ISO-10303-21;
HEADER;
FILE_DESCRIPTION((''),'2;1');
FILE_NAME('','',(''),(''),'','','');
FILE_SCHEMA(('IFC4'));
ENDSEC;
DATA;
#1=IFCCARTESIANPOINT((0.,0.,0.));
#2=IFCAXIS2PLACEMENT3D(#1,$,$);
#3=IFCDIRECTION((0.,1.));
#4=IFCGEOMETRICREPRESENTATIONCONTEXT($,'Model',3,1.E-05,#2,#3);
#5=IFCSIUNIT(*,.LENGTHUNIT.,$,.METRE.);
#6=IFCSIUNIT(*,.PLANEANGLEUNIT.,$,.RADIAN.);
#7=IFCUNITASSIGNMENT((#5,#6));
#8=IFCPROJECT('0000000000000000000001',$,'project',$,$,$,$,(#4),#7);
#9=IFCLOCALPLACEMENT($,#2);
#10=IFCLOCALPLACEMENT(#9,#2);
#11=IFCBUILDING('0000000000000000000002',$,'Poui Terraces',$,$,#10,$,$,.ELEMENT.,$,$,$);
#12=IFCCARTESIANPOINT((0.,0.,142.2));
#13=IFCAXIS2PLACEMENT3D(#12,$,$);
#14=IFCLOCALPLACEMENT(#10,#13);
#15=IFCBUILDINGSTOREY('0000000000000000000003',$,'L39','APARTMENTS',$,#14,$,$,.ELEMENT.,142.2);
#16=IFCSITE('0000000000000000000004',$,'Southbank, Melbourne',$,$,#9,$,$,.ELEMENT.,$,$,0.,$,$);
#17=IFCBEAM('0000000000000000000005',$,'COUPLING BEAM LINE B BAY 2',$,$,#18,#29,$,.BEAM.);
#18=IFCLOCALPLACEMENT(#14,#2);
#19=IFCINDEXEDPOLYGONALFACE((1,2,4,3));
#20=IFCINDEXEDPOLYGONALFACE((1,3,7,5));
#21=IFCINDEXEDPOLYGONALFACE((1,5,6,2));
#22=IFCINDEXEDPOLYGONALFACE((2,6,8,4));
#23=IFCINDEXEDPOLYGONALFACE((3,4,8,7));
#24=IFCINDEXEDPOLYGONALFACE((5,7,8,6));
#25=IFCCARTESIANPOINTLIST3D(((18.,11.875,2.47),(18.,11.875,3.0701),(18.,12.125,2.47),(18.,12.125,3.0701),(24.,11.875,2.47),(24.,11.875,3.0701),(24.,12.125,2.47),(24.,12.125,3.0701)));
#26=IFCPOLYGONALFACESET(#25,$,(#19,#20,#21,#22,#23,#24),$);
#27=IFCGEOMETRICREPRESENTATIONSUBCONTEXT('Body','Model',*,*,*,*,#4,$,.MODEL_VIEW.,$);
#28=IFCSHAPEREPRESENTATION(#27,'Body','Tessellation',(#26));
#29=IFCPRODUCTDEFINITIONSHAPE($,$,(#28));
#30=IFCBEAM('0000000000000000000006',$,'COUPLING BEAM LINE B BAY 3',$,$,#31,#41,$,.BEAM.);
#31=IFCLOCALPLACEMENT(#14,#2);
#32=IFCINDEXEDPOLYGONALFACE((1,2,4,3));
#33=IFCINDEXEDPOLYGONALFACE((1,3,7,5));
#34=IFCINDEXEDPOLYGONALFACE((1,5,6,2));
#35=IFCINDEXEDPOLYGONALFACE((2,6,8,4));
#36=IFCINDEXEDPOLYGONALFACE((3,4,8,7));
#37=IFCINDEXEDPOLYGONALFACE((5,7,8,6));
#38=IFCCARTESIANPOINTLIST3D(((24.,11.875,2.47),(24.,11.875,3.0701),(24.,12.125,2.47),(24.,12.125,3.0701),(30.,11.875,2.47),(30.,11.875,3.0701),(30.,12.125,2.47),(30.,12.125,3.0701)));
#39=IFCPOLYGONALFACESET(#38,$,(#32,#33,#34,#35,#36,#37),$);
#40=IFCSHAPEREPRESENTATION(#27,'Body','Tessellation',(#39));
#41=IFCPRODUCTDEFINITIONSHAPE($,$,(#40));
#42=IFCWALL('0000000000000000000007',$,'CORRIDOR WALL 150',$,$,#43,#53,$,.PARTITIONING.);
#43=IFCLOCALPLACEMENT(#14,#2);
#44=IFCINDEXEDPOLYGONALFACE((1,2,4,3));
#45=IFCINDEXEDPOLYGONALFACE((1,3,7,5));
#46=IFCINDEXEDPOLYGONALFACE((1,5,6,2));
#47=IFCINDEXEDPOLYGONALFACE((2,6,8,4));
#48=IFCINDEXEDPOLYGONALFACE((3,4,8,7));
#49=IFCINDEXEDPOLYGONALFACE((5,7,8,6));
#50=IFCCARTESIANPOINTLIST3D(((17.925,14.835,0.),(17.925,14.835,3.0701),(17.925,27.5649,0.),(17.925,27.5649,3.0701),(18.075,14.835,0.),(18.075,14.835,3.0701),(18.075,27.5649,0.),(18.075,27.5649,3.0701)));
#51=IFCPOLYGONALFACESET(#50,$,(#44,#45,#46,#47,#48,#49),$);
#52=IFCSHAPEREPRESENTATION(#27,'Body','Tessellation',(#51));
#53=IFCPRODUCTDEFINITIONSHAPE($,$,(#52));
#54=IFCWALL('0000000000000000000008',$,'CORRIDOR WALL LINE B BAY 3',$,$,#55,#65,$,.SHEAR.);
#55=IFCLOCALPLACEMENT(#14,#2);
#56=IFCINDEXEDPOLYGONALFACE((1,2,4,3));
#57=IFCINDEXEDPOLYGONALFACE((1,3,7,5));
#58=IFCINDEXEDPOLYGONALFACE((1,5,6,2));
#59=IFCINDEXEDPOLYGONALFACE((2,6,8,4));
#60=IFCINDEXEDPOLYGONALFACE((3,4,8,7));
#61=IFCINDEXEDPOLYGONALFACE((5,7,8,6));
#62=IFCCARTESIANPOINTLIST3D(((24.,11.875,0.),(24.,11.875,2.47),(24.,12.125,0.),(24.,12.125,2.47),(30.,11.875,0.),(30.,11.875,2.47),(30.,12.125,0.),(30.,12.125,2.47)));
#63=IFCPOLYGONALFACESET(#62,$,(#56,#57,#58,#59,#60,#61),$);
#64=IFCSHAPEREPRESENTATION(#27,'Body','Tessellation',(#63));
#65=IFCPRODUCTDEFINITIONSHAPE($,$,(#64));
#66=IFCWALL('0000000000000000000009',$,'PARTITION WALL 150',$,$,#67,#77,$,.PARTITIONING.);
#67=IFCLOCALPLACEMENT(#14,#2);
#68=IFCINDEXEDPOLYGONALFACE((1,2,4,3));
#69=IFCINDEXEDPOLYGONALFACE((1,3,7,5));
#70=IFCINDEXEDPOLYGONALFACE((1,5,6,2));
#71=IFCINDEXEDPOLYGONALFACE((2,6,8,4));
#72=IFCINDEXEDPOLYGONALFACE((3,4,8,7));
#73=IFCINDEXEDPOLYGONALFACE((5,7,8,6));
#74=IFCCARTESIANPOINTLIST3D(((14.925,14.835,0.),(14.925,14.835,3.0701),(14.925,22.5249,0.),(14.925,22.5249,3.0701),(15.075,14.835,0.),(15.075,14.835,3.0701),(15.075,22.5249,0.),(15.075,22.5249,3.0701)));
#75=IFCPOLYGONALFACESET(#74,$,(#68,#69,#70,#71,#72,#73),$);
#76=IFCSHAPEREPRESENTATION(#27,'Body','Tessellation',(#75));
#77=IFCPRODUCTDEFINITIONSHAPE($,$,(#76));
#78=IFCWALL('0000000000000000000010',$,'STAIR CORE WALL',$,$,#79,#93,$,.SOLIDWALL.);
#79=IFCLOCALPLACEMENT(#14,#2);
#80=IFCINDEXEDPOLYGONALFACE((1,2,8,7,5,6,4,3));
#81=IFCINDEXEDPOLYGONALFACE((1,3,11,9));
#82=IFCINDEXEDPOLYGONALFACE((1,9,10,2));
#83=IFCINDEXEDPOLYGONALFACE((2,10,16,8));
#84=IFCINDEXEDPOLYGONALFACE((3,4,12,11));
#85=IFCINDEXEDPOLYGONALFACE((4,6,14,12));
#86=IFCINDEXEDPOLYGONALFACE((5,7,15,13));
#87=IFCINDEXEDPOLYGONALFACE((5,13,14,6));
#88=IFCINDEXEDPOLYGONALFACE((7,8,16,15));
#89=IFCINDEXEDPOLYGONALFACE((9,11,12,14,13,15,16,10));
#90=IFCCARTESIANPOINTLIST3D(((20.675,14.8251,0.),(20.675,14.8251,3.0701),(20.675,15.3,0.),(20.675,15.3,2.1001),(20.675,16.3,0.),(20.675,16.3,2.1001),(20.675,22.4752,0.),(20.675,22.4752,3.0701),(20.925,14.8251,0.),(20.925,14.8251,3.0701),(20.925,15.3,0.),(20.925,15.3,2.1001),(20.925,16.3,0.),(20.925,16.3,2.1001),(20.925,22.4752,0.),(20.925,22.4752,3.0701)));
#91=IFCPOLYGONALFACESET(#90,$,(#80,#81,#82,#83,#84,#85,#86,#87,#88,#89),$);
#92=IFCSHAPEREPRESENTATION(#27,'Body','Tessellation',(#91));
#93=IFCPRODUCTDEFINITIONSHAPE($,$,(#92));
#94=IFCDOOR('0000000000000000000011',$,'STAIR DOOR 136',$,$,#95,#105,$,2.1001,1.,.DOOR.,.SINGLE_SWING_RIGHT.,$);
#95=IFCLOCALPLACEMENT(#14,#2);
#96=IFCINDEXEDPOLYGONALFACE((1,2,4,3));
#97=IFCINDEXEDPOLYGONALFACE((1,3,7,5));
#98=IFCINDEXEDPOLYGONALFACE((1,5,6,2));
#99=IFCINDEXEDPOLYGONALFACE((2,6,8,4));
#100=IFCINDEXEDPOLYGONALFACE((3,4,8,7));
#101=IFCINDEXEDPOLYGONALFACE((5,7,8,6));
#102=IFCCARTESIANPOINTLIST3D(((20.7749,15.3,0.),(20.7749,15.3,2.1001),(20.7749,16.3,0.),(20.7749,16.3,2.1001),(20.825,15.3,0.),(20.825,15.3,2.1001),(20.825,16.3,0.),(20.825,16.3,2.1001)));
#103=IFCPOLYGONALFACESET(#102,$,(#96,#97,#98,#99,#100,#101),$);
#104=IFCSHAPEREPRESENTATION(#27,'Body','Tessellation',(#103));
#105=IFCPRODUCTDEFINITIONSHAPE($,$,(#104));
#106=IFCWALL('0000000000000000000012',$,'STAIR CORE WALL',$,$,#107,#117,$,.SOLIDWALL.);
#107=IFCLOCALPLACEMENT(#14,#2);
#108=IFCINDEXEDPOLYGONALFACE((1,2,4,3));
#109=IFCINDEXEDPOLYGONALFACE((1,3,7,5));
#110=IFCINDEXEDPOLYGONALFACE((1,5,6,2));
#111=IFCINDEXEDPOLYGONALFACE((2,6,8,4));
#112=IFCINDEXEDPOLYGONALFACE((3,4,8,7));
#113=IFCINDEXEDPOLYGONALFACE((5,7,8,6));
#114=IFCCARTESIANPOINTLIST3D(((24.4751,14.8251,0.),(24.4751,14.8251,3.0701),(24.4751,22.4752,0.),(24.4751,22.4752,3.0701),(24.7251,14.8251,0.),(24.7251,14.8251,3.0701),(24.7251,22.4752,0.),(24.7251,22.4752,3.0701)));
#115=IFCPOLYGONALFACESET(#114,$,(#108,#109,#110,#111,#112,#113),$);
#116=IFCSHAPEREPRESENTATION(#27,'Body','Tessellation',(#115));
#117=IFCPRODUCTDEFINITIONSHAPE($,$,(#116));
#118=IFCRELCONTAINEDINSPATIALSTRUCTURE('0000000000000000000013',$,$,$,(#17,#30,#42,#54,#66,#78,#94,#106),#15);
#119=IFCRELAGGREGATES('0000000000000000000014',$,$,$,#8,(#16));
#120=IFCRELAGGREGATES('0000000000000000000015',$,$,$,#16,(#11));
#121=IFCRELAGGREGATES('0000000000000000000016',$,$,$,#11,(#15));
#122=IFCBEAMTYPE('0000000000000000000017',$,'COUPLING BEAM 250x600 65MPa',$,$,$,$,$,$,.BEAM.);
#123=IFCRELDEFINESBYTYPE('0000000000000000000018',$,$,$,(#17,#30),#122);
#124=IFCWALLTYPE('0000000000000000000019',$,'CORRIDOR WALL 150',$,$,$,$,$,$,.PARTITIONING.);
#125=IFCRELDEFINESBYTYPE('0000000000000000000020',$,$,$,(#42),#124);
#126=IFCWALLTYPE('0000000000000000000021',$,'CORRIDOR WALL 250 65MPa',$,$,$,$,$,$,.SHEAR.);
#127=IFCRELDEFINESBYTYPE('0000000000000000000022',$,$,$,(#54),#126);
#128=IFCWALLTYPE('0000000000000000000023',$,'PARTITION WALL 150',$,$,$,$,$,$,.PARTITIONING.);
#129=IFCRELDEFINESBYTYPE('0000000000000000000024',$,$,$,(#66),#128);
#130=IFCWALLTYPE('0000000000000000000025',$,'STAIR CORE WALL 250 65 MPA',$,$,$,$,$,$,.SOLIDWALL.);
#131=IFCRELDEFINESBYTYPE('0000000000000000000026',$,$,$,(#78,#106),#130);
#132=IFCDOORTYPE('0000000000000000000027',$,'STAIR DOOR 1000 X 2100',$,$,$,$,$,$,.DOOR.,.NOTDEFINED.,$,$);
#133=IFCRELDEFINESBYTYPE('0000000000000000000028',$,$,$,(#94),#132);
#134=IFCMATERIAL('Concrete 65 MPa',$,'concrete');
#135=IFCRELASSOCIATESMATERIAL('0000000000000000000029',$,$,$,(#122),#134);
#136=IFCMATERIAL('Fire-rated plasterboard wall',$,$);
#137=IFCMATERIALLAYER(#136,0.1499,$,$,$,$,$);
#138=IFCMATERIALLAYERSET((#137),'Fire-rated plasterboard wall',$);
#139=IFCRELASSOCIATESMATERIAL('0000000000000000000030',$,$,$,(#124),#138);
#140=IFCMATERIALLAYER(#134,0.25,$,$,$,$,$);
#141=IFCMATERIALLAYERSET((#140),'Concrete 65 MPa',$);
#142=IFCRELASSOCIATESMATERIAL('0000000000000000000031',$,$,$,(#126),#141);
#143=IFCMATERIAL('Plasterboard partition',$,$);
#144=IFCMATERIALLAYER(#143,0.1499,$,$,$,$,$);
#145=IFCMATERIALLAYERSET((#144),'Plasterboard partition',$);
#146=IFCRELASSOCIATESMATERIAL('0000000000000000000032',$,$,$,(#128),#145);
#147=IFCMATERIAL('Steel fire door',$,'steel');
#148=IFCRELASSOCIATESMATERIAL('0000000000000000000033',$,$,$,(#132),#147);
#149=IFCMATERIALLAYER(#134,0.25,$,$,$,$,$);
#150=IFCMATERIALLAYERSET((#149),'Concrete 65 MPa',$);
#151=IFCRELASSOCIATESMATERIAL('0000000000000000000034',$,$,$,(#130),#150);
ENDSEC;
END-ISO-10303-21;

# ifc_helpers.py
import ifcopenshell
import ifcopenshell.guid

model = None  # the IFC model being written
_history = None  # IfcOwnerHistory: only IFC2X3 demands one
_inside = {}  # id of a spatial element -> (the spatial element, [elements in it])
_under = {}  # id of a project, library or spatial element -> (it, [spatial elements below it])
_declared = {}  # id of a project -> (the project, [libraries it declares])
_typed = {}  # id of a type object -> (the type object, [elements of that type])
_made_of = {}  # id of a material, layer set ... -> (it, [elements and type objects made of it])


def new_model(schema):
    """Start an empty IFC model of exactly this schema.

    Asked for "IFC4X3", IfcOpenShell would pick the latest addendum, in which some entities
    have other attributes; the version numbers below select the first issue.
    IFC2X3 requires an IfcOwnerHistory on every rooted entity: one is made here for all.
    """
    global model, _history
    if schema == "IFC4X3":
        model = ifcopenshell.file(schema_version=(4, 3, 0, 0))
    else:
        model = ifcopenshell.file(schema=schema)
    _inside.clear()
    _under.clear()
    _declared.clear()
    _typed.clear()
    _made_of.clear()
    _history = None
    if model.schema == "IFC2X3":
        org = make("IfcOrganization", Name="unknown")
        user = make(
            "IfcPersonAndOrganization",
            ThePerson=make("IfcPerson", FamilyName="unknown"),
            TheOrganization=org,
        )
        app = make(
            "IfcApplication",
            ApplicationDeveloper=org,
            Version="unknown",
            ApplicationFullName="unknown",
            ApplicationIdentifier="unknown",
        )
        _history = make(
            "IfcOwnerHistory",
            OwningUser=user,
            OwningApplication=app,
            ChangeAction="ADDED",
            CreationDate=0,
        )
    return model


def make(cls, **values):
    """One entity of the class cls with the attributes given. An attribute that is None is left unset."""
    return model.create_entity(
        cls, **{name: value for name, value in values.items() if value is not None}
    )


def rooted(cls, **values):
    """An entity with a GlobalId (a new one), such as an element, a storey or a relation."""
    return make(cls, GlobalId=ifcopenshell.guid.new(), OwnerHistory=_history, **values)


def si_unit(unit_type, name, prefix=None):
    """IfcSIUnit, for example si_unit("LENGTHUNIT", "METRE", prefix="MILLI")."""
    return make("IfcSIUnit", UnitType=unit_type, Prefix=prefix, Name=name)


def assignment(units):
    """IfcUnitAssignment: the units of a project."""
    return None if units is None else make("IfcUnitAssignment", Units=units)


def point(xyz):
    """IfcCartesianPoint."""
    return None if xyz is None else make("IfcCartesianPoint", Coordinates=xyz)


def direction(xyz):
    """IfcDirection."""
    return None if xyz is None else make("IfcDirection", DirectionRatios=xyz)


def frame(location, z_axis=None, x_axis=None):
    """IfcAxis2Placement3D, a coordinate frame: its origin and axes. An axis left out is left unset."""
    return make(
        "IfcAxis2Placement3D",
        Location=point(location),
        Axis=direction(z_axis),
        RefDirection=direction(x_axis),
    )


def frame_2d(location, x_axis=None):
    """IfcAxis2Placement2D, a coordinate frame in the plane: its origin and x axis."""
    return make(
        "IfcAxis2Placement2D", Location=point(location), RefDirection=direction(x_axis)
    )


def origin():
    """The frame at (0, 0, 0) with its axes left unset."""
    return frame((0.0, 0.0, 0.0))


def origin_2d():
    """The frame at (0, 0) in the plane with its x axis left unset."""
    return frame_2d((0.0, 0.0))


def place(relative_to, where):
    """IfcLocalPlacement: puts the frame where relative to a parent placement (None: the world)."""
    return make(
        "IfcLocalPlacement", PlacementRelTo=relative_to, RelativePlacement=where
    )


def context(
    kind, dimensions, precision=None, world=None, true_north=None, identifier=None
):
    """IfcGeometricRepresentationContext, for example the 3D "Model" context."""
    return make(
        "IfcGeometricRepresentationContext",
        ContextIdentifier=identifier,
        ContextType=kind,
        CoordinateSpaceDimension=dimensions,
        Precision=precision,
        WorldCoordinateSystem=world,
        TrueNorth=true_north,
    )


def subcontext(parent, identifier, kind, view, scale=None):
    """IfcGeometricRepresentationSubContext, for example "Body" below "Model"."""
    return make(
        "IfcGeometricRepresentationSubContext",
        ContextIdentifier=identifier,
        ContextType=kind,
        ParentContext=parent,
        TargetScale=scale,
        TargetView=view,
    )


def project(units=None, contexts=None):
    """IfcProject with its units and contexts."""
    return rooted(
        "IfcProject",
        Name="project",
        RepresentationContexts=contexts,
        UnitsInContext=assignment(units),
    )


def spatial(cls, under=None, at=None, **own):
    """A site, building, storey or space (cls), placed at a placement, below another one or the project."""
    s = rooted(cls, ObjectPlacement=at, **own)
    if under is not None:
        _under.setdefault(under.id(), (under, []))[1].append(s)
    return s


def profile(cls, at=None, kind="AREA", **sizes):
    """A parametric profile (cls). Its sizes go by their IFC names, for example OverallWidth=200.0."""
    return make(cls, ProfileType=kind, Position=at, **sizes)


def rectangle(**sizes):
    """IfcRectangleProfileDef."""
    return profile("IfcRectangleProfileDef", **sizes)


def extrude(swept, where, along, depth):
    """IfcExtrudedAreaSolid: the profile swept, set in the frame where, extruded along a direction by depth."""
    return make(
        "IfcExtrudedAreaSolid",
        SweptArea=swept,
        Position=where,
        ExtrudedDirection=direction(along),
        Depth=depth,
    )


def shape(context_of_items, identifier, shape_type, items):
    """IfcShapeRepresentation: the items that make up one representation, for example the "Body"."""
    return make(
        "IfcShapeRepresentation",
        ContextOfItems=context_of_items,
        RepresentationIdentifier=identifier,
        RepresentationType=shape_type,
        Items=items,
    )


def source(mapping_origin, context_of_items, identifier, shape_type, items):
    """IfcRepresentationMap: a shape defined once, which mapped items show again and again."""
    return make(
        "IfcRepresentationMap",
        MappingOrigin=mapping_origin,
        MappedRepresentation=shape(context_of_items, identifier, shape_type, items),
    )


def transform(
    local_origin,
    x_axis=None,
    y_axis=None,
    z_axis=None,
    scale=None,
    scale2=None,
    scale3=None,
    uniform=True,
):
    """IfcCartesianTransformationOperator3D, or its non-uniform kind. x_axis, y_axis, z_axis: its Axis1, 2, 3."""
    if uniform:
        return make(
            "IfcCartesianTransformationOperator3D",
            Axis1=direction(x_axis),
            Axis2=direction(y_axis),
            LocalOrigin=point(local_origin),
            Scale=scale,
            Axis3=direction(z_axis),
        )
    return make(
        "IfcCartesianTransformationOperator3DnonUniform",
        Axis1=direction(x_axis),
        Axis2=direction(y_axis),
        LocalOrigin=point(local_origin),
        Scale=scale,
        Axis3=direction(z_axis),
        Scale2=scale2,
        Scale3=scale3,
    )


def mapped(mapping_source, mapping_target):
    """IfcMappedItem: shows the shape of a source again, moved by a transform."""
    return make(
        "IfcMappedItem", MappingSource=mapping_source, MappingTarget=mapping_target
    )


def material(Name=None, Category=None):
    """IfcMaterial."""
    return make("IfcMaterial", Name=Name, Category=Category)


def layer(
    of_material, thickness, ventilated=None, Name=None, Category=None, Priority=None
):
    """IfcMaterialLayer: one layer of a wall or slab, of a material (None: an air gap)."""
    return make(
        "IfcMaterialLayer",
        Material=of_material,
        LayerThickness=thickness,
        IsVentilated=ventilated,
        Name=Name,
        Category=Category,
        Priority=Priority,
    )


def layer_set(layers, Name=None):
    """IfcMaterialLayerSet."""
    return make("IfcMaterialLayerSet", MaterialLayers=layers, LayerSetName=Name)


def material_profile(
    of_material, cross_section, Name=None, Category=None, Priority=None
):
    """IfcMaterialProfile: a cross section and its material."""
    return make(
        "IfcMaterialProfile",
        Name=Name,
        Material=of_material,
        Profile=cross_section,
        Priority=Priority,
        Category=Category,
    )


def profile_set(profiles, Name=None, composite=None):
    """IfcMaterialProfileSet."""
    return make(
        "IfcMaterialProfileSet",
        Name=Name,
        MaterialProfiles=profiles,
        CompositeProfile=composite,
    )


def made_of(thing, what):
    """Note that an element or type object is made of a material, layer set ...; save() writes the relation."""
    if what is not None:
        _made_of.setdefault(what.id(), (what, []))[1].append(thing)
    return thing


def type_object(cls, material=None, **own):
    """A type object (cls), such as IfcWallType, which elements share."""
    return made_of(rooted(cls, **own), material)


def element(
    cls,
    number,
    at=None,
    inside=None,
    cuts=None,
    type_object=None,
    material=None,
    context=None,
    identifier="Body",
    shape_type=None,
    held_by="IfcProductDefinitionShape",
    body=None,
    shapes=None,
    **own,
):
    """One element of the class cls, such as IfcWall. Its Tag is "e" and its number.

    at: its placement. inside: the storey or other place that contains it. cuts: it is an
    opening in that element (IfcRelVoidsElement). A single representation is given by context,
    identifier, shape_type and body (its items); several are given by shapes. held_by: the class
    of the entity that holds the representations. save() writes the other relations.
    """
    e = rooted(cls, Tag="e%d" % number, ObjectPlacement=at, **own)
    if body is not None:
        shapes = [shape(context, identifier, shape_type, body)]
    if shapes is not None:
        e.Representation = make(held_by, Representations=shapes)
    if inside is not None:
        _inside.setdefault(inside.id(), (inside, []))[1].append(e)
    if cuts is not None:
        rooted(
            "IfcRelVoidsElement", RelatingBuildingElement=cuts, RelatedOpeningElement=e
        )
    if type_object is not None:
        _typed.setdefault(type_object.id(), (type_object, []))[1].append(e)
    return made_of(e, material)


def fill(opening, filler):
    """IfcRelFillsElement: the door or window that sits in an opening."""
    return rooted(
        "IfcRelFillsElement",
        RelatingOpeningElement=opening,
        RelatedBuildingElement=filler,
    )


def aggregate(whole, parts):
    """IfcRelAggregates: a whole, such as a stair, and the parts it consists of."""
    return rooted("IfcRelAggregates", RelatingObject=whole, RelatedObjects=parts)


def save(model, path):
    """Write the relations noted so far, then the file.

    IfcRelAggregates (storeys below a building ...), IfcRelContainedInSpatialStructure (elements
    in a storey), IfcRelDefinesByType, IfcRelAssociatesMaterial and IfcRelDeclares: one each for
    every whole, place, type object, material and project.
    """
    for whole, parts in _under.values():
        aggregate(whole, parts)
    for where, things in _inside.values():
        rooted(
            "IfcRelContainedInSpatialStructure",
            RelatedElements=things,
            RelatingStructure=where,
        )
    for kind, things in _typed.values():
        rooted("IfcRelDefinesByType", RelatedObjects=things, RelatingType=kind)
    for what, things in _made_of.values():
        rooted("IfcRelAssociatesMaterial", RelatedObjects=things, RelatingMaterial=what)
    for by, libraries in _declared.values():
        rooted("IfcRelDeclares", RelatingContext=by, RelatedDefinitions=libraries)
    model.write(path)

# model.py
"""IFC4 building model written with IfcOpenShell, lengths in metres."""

from ifc_helpers import new_model, si_unit, direction, frame, frame_2d, origin, origin_2d, place, context, subcontext, project, spatial, rectangle, extrude, source, transform, mapped, material, layer, layer_set, material_profile, profile_set, type_object, element, fill, save


model = new_model("IFC4")

# Units and contexts
model_context = context("Model", 3, precision=1e-05, world=origin(), true_north=direction((0.0, 1.0)))
body_context = subcontext(model_context, "Body", "Model", "MODEL_VIEW")
ifc_project = project(units=[si_unit("LENGTHUNIT", "METRE"), si_unit("PLANEANGLEUNIT", "RADIAN")], contexts=[model_context])

# Site, building, storey
site_placement = place(None, origin())
site = spatial("IfcSite", under=ifc_project, at=site_placement, Name="Southbank, Melbourne", CompositionType="ELEMENT", RefElevation=0.0)
building_placement = place(site_placement, origin())
building = spatial("IfcBuilding", under=site, at=building_placement, Name="Poui Terraces", CompositionType="ELEMENT")
storey_placement = place(building_placement, frame((0.0, 0.0, 142.2)))
storey = spatial("IfcBuildingStorey", under=building, at=storey_placement, Name="L39", Description="APARTMENTS", CompositionType="ELEMENT", Elevation=142.2)

# Beams
ifc_material_1 = material(Name="Concrete 65 MPa", Category="concrete")
ifc_material_profile = material_profile(ifc_material_1, rectangle(XDim=0.25, YDim=0.6001, at=origin_2d()), Name="RC 250x600")
ifc_profile_set = profile_set([ifc_material_profile], Name="Concrete 65 MPa")
beam_type = type_object("IfcBeamType", Name="COUPLING BEAM 250x600 65MPa", PredefinedType="BEAM", material=ifc_profile_set)
shared_shape = source(origin(), body_context, "Body", "SweptSolid", [
    extrude(rectangle(XDim=0.25, YDim=0.6001, at=origin_2d()), origin(), (0.0, 0.0, 1.0), 6.0),
])
for number, where, z_axis, x_axis, name in (
    (1, (18.0, 12.0, 2.77), (1.0, 0.0, 0.0), (0.0, 1.0, 0.0), "COUPLING BEAM LINE B BAY 2"),
    (2, (24.0, 12.0, 2.77), (1.0, 0.0, 0.0), (0.0, 1.0, 0.0), "COUPLING BEAM LINE B BAY 3"),
):
    element("IfcBeam", number, at=place(storey_placement, frame(where, z_axis=z_axis, x_axis=x_axis)), inside=storey, type_object=beam_type, Name=name, PredefinedType="BEAM", context=body_context, shape_type="MappedRepresentation", body=[
        mapped(shared_shape, transform((0.0, 0.0, 0.0))),
    ])

# Walls
ifc_material_2 = material(Name="Fire-rated plasterboard wall")
ifc_layer_1 = layer(ifc_material_2, 0.1499)
ifc_layer_set_1 = layer_set([ifc_layer_1], Name="Fire-rated plasterboard wall")
wall_type_1 = type_object("IfcWallType", Name="CORRIDOR WALL 150", PredefinedType="PARTITIONING", material=ifc_layer_set_1)
wall_1_placement = place(storey_placement, frame((18.0, 14.835, 0.0), z_axis=(0.0, 0.0, 1.0), x_axis=(0.0, 1.0, 0.0)))
element("IfcWall", 3, at=wall_1_placement, inside=storey, type_object=wall_type_1, Name="CORRIDOR WALL 150", PredefinedType="PARTITIONING", context=body_context, shape_type="SweptSolid", body=[
    extrude(rectangle(XDim=12.73, YDim=0.1499, at=frame_2d((6.365, 0.0))), origin(), (0.0, 0.0, 1.0), 3.0701),
])
ifc_layer_2 = layer(ifc_material_1, 0.25)
ifc_layer_set_2 = layer_set([ifc_layer_2], Name="Concrete 65 MPa")
wall_type_2 = type_object("IfcWallType", Name="CORRIDOR WALL 250 65MPa", PredefinedType="SHEAR", material=ifc_layer_set_2)
wall_2_placement = place(storey_placement, frame((24.0, 12.0, 0.0), z_axis=(0.0, 0.0, 1.0), x_axis=(1.0, 0.0, 0.0)))
element("IfcWall", 4, at=wall_2_placement, inside=storey, type_object=wall_type_2, Name="CORRIDOR WALL LINE B BAY 3", PredefinedType="SHEAR", context=body_context, shape_type="SweptSolid", body=[
    extrude(rectangle(XDim=6.0, YDim=0.25, at=frame_2d((3.0, 0.0))), origin(), (0.0, 0.0, 1.0), 2.47),
])
ifc_material_3 = material(Name="Plasterboard partition")
ifc_layer_3 = layer(ifc_material_3, 0.1499)
ifc_layer_set_3 = layer_set([ifc_layer_3], Name="Plasterboard partition")
wall_type_3 = type_object("IfcWallType", Name="PARTITION WALL 150", PredefinedType="PARTITIONING", material=ifc_layer_set_3)
wall_3_placement = place(storey_placement, frame((15.0, 14.835, 0.0), z_axis=(0.0, 0.0, 1.0), x_axis=(0.0, 1.0, 0.0)))
element("IfcWall", 5, at=wall_3_placement, inside=storey, type_object=wall_type_3, Name="PARTITION WALL 150", PredefinedType="PARTITIONING", context=body_context, shape_type="SweptSolid", body=[
    extrude(rectangle(XDim=7.6899, YDim=0.1499, at=frame_2d((3.845, 0.0))), origin(), (0.0, 0.0, 1.0), 3.0701),
])

# Shared definitions
ifc_material_4 = material(Name="Steel fire door", Category="steel")
door_type_1 = type_object("IfcDoorType", Name="STAIR DOOR 1000 X 2100", OperationType="NOTDEFINED", PredefinedType="DOOR", material=ifc_material_4)

# Wall, opening, door
ifc_layer_4 = layer(ifc_material_1, 0.25)
ifc_layer_set_4 = layer_set([ifc_layer_4], Name="Concrete 65 MPa")
wall_type_4 = type_object("IfcWallType", Name="STAIR CORE WALL 250 65 MPA", PredefinedType="SOLIDWALL", material=ifc_layer_set_4)
wall_4_placement = place(storey_placement, frame((20.8, 14.825, 0.0), z_axis=(0.0, 0.0, 1.0), x_axis=(0.0, 1.0, 0.0)))
wall_4 = element("IfcWall", 6, at=wall_4_placement, inside=storey, type_object=wall_type_4, Name="STAIR CORE WALL", PredefinedType="SOLIDWALL", context=body_context, shape_type="SweptSolid", body=[
    extrude(rectangle(XDim=7.6501, YDim=0.25, at=frame_2d((3.8252, 0.0))), origin(), (0.0, 0.0, 1.0), 3.0701),
])
opening_1_placement = place(wall_4_placement, frame((0.4751, 0.0, 0.0)))
opening_1 = element("IfcOpeningElement", 7, at=opening_1_placement, cuts=wall_4, PredefinedType="OPENING", context=body_context, shape_type="SweptSolid", body=[
    extrude(rectangle(XDim=1.0, YDim=2.1001, at=frame_2d((0.5, 1.05))), frame((0.0, 0.135, 0.0), z_axis=(0.0, -1.0, 0.0), x_axis=(1.0, 0.0, 0.0)), (0.0, 0.0, 1.0), 0.27),
])
door_1_placement = place(opening_1_placement, frame((1.0, 0.0, 0.0), z_axis=(0.0, 0.0, 1.0), x_axis=(-1.0, 0.0, 0.0)))
door_1 = element("IfcDoor", 8, at=door_1_placement, inside=storey, type_object=door_type_1, Name="STAIR DOOR 136", OperationType="SINGLE_SWING_RIGHT", OverallHeight=2.1001, OverallWidth=1.0, PredefinedType="DOOR", context=body_context, shape_type="SweptSolid", body=[
    extrude(rectangle(XDim=1.0, YDim=2.1001, at=frame_2d((0.5, 1.05))), frame((0.0, 0.0249, 0.0), z_axis=(0.0, -1.0, 0.0), x_axis=(1.0, 0.0, 0.0)), (0.0, 0.0, 1.0), 0.05),
])
fill(opening_1, door_1)

# Wall
wall_5_placement = place(storey_placement, frame((24.6001, 14.825, 0.0), z_axis=(0.0, 0.0, 1.0), x_axis=(0.0, 1.0, 0.0)))
element("IfcWall", 9, at=wall_5_placement, inside=storey, type_object=wall_type_4, Name="STAIR CORE WALL", PredefinedType="SOLIDWALL", context=body_context, shape_type="SweptSolid", body=[
    extrude(rectangle(XDim=7.6501, YDim=0.25, at=frame_2d((3.8252, 0.0))), origin(), (0.0, 0.0, 1.0), 3.0701),
])

save(model, "model.ifc")
